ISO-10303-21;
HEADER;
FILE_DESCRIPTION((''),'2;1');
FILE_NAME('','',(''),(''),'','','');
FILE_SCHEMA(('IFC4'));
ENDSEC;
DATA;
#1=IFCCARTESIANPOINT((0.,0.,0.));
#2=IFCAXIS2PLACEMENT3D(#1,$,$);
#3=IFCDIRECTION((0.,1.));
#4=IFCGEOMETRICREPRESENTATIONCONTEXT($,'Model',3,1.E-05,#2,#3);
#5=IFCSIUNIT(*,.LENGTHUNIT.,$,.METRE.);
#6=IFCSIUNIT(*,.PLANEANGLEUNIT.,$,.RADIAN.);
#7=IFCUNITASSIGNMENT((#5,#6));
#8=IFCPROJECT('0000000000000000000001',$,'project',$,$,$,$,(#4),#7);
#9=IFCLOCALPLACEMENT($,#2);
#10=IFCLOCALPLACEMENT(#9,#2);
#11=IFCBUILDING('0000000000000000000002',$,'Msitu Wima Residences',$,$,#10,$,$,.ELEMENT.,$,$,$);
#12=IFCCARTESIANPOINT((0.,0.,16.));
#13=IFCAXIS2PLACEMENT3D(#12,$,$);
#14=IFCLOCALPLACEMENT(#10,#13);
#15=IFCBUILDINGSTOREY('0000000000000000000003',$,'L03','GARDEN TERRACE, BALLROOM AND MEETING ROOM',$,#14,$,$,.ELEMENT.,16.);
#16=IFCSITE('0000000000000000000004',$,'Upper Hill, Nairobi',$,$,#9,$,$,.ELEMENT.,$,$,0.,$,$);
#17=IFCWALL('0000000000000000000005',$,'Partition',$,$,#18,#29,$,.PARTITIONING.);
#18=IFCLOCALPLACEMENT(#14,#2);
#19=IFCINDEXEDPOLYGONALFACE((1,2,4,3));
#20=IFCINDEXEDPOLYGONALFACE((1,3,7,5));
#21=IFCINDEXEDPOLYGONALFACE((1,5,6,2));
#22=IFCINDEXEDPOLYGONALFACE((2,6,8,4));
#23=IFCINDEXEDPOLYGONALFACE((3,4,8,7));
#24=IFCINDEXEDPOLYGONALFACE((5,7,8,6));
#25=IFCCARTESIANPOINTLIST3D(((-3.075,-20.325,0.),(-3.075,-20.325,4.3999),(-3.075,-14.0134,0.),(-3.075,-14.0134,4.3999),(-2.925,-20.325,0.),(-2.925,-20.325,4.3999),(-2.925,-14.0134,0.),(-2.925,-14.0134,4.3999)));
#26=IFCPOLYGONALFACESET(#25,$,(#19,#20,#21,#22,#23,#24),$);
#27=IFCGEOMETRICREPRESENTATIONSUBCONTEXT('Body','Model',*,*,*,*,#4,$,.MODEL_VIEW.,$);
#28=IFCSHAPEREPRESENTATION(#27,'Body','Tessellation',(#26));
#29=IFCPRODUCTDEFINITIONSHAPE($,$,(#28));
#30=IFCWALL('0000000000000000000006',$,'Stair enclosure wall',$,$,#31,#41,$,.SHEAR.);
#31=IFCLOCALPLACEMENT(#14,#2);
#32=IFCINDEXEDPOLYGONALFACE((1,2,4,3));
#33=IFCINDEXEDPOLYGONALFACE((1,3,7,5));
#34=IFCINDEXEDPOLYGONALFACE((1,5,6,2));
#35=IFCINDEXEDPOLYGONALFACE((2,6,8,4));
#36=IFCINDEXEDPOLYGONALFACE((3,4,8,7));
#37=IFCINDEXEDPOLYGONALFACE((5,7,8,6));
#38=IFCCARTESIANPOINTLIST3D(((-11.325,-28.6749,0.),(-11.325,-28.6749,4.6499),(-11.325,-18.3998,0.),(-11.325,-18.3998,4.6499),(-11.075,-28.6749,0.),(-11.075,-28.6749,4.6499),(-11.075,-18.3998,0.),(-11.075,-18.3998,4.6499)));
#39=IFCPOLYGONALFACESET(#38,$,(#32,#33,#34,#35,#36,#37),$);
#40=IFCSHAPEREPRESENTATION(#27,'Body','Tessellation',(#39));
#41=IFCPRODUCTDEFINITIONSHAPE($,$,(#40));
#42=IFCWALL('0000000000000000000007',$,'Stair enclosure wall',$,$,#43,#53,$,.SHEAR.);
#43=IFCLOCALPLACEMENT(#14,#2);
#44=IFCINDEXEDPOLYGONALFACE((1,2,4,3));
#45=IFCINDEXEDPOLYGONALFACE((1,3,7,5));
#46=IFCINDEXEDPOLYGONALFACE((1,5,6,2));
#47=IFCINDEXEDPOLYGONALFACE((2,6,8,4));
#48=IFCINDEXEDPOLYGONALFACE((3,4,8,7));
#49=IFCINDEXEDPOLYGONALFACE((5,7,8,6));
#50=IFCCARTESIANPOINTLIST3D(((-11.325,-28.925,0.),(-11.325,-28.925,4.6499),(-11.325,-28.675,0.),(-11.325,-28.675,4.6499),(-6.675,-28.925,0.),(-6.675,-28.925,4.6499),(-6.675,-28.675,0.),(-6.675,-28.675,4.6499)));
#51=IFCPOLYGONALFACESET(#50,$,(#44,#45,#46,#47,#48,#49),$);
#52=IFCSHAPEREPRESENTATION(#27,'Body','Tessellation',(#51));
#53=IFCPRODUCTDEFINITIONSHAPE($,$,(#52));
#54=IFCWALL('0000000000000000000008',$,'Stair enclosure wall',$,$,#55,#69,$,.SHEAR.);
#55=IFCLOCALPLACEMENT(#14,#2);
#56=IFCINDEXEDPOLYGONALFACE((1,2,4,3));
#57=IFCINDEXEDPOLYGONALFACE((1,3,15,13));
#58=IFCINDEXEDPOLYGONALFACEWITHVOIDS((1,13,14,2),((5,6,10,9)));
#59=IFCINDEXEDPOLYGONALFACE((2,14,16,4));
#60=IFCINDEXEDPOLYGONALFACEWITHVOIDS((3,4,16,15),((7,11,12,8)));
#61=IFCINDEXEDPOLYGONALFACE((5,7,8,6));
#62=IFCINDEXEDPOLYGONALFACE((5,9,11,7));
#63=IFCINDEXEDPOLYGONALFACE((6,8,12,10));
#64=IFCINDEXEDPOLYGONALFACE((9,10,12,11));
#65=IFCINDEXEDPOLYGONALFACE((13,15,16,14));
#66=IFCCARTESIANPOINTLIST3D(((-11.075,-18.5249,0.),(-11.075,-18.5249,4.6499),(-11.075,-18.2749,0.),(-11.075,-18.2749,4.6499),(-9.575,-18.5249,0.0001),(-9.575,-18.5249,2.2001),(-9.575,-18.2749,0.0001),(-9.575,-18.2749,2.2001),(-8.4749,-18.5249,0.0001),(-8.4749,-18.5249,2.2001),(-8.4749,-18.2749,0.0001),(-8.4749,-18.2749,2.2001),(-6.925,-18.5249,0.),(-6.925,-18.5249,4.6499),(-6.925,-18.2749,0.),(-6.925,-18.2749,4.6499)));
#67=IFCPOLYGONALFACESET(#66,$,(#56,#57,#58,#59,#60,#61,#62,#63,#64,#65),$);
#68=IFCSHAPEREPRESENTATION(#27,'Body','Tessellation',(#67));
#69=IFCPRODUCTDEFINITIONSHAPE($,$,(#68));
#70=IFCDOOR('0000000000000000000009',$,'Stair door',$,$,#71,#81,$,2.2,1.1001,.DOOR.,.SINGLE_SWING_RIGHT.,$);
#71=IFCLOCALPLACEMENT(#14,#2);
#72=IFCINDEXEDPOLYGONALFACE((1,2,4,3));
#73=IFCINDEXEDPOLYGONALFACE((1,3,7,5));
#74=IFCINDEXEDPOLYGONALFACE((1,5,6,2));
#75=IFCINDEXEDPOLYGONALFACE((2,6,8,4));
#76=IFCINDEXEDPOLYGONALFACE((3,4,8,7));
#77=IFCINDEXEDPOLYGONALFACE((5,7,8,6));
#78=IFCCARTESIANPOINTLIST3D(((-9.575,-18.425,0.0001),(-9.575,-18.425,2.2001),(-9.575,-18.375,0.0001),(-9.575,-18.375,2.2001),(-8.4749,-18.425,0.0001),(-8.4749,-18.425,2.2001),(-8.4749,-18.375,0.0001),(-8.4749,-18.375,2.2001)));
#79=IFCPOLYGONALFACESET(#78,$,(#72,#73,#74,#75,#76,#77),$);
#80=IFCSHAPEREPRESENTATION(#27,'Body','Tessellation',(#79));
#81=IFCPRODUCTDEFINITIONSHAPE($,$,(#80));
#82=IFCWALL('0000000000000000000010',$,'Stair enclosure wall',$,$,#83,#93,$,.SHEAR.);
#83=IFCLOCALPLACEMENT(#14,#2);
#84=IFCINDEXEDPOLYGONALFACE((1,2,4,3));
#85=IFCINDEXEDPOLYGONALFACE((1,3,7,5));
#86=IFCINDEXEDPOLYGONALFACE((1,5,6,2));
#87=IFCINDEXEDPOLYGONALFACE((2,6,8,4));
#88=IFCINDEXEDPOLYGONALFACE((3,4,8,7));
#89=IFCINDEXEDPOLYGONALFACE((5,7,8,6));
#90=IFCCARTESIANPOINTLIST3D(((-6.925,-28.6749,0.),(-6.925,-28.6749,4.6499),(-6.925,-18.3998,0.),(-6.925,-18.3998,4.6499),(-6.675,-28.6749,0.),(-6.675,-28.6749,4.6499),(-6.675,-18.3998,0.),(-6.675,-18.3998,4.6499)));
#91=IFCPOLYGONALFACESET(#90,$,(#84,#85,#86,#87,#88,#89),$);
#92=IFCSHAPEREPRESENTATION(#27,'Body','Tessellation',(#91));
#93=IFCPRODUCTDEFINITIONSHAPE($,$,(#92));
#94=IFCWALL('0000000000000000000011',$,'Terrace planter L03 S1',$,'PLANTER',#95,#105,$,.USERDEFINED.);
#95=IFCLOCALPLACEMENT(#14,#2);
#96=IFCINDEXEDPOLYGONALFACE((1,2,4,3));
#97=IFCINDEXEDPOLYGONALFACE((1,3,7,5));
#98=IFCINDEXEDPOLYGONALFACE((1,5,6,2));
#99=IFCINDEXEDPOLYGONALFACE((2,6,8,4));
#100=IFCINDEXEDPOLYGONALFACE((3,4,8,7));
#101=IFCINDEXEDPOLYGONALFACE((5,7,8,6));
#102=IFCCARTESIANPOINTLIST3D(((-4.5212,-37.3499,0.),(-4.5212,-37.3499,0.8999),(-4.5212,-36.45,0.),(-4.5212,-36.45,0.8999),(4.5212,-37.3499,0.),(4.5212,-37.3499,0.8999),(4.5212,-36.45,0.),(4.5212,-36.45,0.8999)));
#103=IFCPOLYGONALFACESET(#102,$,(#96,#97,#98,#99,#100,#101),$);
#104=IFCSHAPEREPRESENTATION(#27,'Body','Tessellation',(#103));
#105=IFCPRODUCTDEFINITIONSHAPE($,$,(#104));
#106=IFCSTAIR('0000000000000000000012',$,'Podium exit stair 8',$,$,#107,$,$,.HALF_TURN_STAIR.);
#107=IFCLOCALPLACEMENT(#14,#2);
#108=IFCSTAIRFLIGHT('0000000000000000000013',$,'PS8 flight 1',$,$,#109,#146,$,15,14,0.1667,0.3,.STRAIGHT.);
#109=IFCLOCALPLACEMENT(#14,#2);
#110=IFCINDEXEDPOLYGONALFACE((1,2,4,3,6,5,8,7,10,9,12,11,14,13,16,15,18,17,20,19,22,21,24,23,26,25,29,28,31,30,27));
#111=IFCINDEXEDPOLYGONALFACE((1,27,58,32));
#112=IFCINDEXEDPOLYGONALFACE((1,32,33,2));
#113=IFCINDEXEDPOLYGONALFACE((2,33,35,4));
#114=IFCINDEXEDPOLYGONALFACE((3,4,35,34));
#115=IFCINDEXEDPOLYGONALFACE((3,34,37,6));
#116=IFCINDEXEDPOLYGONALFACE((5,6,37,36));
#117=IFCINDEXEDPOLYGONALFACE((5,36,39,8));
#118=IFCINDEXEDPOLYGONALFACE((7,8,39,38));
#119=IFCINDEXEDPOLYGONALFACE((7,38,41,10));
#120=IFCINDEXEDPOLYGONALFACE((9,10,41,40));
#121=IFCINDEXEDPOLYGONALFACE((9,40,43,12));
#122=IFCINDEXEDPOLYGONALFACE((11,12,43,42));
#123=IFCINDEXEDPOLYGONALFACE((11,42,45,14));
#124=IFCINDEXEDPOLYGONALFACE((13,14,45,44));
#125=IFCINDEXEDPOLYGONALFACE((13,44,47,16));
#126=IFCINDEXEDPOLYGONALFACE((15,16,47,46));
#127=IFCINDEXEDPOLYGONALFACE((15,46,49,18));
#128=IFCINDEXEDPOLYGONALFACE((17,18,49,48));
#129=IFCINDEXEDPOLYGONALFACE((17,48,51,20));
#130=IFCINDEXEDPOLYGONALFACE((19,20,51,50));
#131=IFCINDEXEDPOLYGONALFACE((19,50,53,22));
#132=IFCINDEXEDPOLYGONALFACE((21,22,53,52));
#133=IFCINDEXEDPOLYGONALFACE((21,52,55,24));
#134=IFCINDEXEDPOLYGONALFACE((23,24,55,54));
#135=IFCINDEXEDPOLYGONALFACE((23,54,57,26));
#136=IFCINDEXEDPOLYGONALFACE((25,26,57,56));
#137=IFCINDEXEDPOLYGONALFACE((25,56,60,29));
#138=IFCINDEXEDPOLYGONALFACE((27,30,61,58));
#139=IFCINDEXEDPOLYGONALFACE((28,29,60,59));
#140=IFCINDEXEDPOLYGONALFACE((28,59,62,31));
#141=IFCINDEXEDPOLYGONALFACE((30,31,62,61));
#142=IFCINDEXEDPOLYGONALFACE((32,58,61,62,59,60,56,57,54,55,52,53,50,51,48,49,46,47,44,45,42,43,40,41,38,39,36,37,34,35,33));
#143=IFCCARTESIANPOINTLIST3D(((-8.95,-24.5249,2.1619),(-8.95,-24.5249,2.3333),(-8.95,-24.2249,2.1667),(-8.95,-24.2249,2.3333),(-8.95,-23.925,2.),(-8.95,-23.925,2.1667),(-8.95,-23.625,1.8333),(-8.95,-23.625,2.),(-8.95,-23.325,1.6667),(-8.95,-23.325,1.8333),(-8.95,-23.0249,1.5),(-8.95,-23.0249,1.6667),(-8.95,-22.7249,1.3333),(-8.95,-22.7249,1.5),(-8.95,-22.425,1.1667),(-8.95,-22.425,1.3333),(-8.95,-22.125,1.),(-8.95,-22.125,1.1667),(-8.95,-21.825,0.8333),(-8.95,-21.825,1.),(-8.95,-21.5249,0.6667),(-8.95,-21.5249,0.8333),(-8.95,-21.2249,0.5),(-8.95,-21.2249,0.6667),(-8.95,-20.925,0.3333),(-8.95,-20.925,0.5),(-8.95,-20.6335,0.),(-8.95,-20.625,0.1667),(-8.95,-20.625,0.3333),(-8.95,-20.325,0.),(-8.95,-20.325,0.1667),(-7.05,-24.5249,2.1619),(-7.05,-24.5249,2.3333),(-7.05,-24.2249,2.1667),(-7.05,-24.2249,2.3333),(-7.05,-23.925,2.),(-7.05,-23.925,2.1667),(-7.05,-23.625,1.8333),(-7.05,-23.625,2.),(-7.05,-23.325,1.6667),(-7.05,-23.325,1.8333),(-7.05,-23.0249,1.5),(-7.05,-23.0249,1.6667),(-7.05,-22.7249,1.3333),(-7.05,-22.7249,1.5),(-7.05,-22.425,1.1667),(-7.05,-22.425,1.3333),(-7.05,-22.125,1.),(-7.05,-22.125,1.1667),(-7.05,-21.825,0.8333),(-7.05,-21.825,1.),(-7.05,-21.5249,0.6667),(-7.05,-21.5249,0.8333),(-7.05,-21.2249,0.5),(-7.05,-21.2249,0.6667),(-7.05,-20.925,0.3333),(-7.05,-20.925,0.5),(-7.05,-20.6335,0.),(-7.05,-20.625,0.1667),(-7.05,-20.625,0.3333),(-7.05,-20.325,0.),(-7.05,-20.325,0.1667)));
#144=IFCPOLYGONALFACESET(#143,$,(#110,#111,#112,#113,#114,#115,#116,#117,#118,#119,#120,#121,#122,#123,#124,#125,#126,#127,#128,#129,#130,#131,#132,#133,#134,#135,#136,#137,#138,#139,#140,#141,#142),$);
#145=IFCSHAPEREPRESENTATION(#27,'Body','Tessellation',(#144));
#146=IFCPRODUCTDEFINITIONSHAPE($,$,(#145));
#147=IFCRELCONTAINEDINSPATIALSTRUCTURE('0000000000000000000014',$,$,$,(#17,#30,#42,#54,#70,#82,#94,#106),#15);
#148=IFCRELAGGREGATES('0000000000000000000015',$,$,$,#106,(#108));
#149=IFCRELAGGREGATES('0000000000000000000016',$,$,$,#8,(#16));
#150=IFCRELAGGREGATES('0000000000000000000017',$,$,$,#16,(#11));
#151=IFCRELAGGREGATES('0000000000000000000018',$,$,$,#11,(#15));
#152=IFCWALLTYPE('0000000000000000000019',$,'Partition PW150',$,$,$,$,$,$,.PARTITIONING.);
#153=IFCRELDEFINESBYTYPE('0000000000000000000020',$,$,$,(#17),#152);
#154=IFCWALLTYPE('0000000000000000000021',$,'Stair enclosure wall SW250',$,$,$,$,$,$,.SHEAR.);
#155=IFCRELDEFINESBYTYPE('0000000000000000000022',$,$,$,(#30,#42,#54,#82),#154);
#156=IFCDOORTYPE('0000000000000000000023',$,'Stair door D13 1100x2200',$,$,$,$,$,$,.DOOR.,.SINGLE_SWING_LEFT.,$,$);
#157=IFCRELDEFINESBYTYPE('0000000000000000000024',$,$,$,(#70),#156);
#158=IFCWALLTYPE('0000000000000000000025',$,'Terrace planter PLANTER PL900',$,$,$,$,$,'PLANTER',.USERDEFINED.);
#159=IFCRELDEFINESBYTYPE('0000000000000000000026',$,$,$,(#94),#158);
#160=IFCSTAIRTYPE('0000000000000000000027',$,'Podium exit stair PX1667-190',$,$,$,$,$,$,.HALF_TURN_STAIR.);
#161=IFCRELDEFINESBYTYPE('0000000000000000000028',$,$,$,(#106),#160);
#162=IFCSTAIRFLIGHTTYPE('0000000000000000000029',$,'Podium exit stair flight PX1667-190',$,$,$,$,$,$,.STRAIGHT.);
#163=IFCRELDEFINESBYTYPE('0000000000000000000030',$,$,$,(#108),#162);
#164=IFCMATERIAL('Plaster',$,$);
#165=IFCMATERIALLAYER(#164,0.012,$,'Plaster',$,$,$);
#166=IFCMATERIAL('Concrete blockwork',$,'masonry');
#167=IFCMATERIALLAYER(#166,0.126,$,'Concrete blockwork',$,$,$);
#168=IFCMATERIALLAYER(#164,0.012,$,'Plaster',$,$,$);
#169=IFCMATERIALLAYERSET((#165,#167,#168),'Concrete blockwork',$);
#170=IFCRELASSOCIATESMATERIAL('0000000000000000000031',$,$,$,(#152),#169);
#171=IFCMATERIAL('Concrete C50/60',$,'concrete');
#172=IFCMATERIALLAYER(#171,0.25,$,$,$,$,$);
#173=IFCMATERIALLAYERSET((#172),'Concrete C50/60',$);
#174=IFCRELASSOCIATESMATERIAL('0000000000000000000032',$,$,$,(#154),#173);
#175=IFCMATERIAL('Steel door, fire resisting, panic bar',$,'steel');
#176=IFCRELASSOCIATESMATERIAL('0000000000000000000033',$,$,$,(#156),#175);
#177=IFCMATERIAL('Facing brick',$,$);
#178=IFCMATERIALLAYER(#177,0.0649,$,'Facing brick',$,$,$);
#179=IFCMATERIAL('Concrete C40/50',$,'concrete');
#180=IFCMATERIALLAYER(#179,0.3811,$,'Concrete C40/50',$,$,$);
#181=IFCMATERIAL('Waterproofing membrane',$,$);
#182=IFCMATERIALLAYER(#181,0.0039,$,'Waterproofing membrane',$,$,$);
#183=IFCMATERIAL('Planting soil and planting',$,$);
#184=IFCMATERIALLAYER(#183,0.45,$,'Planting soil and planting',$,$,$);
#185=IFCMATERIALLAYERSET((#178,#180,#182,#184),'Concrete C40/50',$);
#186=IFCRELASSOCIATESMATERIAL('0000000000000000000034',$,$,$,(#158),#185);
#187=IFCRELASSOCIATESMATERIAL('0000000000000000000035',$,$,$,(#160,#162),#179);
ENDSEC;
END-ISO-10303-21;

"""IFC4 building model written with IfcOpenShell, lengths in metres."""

from ifc_helpers import new_model, si_unit, direction, frame, frame_2d, origin, place, context, subcontext, project, spatial, polyline, rectangle, outline, extrude, material, layer, layer_set, type_object, element, fill, aggregate, save


model = new_model("IFC4")

# Units and contexts
model_context = context("Model", 3, precision=1e-05, world=origin(), true_north=direction((0.0, 1.0)))
body_context = subcontext(model_context, "Body", "Model", "MODEL_VIEW")
ifc_project = project(units=[si_unit("LENGTHUNIT", "METRE"), si_unit("PLANEANGLEUNIT", "RADIAN")], contexts=[model_context])

# Site, building, storey
site_placement = place(None, origin())
site = spatial("IfcSite", under=ifc_project, at=site_placement, Name="Upper Hill, Nairobi", CompositionType="ELEMENT", RefElevation=0.0)
building_placement = place(site_placement, origin())
building = spatial("IfcBuilding", under=site, at=building_placement, Name="Msitu Wima Residences", CompositionType="ELEMENT")
storey_placement = place(building_placement, frame((0.0, 0.0, 16.0)))
storey = spatial("IfcBuildingStorey", under=building, at=storey_placement, Name="L03", Description="GARDEN TERRACE, BALLROOM AND MEETING ROOM", CompositionType="ELEMENT", Elevation=16.0)

# Shared definitions
ifc_material_1 = material(Name="Concrete C40/50", Category="concrete")

# Walls
ifc_material_2 = material(Name="Plaster")
ifc_material_3 = material(Name="Concrete blockwork", Category="masonry")
ifc_layer_1 = layer(ifc_material_2, 0.012, Name="Plaster")
ifc_layer_2 = layer(ifc_material_3, 0.126, Name="Concrete blockwork")
ifc_layer_3 = layer(ifc_material_2, 0.012, Name="Plaster")
ifc_layer_set_1 = layer_set([ifc_layer_1, ifc_layer_2, ifc_layer_3], Name="Concrete blockwork")
wall_type_1 = type_object("IfcWallType", Name="Partition PW150", PredefinedType="PARTITIONING", material=ifc_layer_set_1)
wall_1_placement = place(storey_placement, frame((-3.0, -20.325, 0.0), z_axis=(0.0, 0.0, 1.0), x_axis=(0.0, 1.0, 0.0)))
element("IfcWall", 1, at=wall_1_placement, inside=storey, type_object=wall_type_1, Name="Partition", PredefinedType="PARTITIONING", context=body_context, shape_type="SweptSolid", body=[
    extrude(rectangle(XDim=6.3115, YDim=0.1499, at=frame_2d((3.1558, 0.0))), origin(), (0.0, 0.0, 1.0), 4.3999),
])
ifc_material_4 = material(Name="Concrete C50/60", Category="concrete")
ifc_layer_4 = layer(ifc_material_4, 0.25)
ifc_layer_set_2 = layer_set([ifc_layer_4], Name="Concrete C50/60")
wall_type_2 = type_object("IfcWallType", Name="Stair enclosure wall SW250", PredefinedType="SHEAR", material=ifc_layer_set_2)
wall_2_placement = place(storey_placement, frame((-11.2, -28.675, 0.0), z_axis=(0.0, 0.0, 1.0), x_axis=(0.0, 1.0, 0.0)))
element("IfcWall", 2, at=wall_2_placement, inside=storey, type_object=wall_type_2, Name="Stair enclosure wall", PredefinedType="SHEAR", context=body_context, shape_type="SweptSolid", body=[
    extrude(rectangle(XDim=10.2751, YDim=0.25, at=frame_2d((5.1377, 0.0))), origin(), (0.0, 0.0, 1.0), 4.6499),
])
wall_3_placement = place(storey_placement, frame((-11.325, -28.8, 0.0), z_axis=(0.0, 0.0, 1.0), x_axis=(1.0, 0.0, 0.0)))
element("IfcWall", 3, at=wall_3_placement, inside=storey, type_object=wall_type_2, Name="Stair enclosure wall", PredefinedType="SHEAR", context=body_context, shape_type="SweptSolid", body=[
    extrude(rectangle(XDim=4.6499, YDim=0.25, at=frame_2d((2.325, 0.0))), origin(), (0.0, 0.0, 1.0), 4.6499),
])

# Wall, opening, door
wall_4_placement = place(storey_placement, frame((-11.075, -18.3999, 0.0), z_axis=(0.0, 0.0, 1.0), x_axis=(1.0, 0.0, 0.0)))
wall_4 = element("IfcWall", 4, at=wall_4_placement, inside=storey, type_object=wall_type_2, Name="Stair enclosure wall", PredefinedType="SHEAR", context=body_context, shape_type="SweptSolid", body=[
    extrude(rectangle(XDim=4.1499, YDim=0.25, at=frame_2d((2.075, 0.0))), origin(), (0.0, 0.0, 1.0), 4.6499),
])
opening_1_placement = place(wall_4_placement, frame((1.5, 0.0, 0.0)))
opening_1 = element("IfcOpeningElement", 5, at=opening_1_placement, cuts=wall_4, PredefinedType="OPENING", context=body_context, shape_type="SweptSolid", body=[
    extrude(rectangle(XDim=1.1001, YDim=2.2, at=frame_2d((0.55, 1.1001))), frame((0.0, 0.135, 0.0), z_axis=(0.0, -1.0, 0.0), x_axis=(1.0, 0.0, 0.0)), (0.0, 0.0, 1.0), 0.27),
])
ifc_material_5 = material(Name="Steel door, fire resisting, panic bar", Category="steel")
door_type_1 = type_object("IfcDoorType", Name="Stair door D13 1100x2200", OperationType="SINGLE_SWING_LEFT", PredefinedType="DOOR", material=ifc_material_5)
door_1_placement = place(opening_1_placement, origin())
door_1 = element("IfcDoor", 6, at=door_1_placement, inside=storey, type_object=door_type_1, Name="Stair door", OperationType="SINGLE_SWING_RIGHT", OverallHeight=2.2, OverallWidth=1.1001, PredefinedType="DOOR", context=body_context, shape_type="SweptSolid", body=[
    extrude(rectangle(XDim=1.1001, YDim=2.2, at=frame_2d((0.55, 1.1001))), frame((0.0, 0.0249, 0.0), z_axis=(0.0, -1.0, 0.0), x_axis=(1.0, 0.0, 0.0)), (0.0, 0.0, 1.0), 0.05),
])
fill(opening_1, door_1)

# Walls
wall_5_placement = place(storey_placement, frame((-6.8, -28.675, 0.0), z_axis=(0.0, 0.0, 1.0), x_axis=(0.0, 1.0, 0.0)))
element("IfcWall", 7, at=wall_5_placement, inside=storey, type_object=wall_type_2, Name="Stair enclosure wall", PredefinedType="SHEAR", context=body_context, shape_type="SweptSolid", body=[
    extrude(rectangle(XDim=10.2751, YDim=0.25, at=frame_2d((5.1377, 0.0))), origin(), (0.0, 0.0, 1.0), 4.6499),
])
ifc_material_6 = material(Name="Facing brick")
ifc_layer_5 = layer(ifc_material_6, 0.0649, Name="Facing brick")
ifc_layer_6 = layer(ifc_material_1, 0.3811, Name="Concrete C40/50")
ifc_material_7 = material(Name="Waterproofing membrane")
ifc_layer_7 = layer(ifc_material_7, 0.0039, Name="Waterproofing membrane")
ifc_material_8 = material(Name="Planting soil and planting")
ifc_layer_8 = layer(ifc_material_8, 0.45, Name="Planting soil and planting")
ifc_layer_set_3 = layer_set([ifc_layer_5, ifc_layer_6, ifc_layer_7, ifc_layer_8], Name="Concrete C40/50")
wall_type_3 = type_object("IfcWallType", Name="Terrace planter PLANTER PL900", ElementType="PLANTER", PredefinedType="USERDEFINED", material=ifc_layer_set_3)
wall_6_placement = place(storey_placement, frame((-4.5212, -36.8999, 0.0), z_axis=(0.0, 0.0, 1.0), x_axis=(1.0, 0.0, 0.0)))
element("IfcWall", 8, at=wall_6_placement, inside=storey, type_object=wall_type_3, Name="Terrace planter L03 S1", ObjectType="PLANTER", PredefinedType="USERDEFINED", context=body_context, shape_type="SweptSolid", body=[
    extrude(rectangle(XDim=9.0425, YDim=0.8999, at=frame_2d((4.5212, 0.0))), origin(), (0.0, 0.0, 1.0), 0.8999),
])

# Stair, stair flight
stair_type = type_object("IfcStairType", Name="Podium exit stair PX1667-190", PredefinedType="HALF_TURN_STAIR", material=ifc_material_1)
stair_placement = place(storey_placement, origin())
stair = element("IfcStair", 9, at=stair_placement, inside=storey, type_object=stair_type, Name="Podium exit stair 8", PredefinedType="HALF_TURN_STAIR")
stair_flight_type = type_object("IfcStairFlightType", Name="Podium exit stair flight PX1667-190", PredefinedType="STRAIGHT", material=ifc_material_1)
stair_flight_1_placement = place(storey_placement, frame((-8.0, -20.325, 0.0), z_axis=(0.0, 0.0, 1.0), x_axis=(0.0, -1.0, 0.0)))
stair_flight_1 = element("IfcStairFlight", 10, at=stair_flight_1_placement, type_object=stair_flight_type, Name="PS8 flight 1", NumberOfRisers=15, NumberOfTreads=14, PredefinedType="STRAIGHT", RiserHeight=0.1667, TreadLength=0.3, context=body_context, shape_type="SweptSolid", body=[
    extrude(outline(polyline([(0.0, 0.0), (0.0, 0.1667), (0.3, 0.1667), (0.3, 0.3333), (0.6001, 0.3333), (0.6001, 0.5), (0.8999, 0.5), (0.8999, 0.6667), (1.2, 0.6667), (1.2, 0.8333), (1.5, 0.8333), (1.5, 1.0), (1.8, 1.0), (1.8, 1.1667), (2.1001, 1.1667), (2.1001, 1.3333), (2.3999, 1.3333), (2.3999, 1.5), (2.7, 1.5), (2.7, 1.6667), (3.0, 1.6667), (3.0, 1.8333), (3.3, 1.8333), (3.3, 2.0), (3.6001, 2.0), (3.6001, 2.1667), (3.8999, 2.1667), (3.8999, 2.3333), (4.2, 2.3333), (4.2, 2.5), (4.2, 2.1619), (0.3086, 0.0), (0.0, 0.0)])), frame((0.0, 0.95, 0.0), z_axis=(0.0, -1.0, 0.0), x_axis=(1.0, 0.0, 0.0)), (0.0, 0.0, 1.0), 1.8999),
])
aggregate(stair, [stair_flight_1])

save(model, "model.ifc")
